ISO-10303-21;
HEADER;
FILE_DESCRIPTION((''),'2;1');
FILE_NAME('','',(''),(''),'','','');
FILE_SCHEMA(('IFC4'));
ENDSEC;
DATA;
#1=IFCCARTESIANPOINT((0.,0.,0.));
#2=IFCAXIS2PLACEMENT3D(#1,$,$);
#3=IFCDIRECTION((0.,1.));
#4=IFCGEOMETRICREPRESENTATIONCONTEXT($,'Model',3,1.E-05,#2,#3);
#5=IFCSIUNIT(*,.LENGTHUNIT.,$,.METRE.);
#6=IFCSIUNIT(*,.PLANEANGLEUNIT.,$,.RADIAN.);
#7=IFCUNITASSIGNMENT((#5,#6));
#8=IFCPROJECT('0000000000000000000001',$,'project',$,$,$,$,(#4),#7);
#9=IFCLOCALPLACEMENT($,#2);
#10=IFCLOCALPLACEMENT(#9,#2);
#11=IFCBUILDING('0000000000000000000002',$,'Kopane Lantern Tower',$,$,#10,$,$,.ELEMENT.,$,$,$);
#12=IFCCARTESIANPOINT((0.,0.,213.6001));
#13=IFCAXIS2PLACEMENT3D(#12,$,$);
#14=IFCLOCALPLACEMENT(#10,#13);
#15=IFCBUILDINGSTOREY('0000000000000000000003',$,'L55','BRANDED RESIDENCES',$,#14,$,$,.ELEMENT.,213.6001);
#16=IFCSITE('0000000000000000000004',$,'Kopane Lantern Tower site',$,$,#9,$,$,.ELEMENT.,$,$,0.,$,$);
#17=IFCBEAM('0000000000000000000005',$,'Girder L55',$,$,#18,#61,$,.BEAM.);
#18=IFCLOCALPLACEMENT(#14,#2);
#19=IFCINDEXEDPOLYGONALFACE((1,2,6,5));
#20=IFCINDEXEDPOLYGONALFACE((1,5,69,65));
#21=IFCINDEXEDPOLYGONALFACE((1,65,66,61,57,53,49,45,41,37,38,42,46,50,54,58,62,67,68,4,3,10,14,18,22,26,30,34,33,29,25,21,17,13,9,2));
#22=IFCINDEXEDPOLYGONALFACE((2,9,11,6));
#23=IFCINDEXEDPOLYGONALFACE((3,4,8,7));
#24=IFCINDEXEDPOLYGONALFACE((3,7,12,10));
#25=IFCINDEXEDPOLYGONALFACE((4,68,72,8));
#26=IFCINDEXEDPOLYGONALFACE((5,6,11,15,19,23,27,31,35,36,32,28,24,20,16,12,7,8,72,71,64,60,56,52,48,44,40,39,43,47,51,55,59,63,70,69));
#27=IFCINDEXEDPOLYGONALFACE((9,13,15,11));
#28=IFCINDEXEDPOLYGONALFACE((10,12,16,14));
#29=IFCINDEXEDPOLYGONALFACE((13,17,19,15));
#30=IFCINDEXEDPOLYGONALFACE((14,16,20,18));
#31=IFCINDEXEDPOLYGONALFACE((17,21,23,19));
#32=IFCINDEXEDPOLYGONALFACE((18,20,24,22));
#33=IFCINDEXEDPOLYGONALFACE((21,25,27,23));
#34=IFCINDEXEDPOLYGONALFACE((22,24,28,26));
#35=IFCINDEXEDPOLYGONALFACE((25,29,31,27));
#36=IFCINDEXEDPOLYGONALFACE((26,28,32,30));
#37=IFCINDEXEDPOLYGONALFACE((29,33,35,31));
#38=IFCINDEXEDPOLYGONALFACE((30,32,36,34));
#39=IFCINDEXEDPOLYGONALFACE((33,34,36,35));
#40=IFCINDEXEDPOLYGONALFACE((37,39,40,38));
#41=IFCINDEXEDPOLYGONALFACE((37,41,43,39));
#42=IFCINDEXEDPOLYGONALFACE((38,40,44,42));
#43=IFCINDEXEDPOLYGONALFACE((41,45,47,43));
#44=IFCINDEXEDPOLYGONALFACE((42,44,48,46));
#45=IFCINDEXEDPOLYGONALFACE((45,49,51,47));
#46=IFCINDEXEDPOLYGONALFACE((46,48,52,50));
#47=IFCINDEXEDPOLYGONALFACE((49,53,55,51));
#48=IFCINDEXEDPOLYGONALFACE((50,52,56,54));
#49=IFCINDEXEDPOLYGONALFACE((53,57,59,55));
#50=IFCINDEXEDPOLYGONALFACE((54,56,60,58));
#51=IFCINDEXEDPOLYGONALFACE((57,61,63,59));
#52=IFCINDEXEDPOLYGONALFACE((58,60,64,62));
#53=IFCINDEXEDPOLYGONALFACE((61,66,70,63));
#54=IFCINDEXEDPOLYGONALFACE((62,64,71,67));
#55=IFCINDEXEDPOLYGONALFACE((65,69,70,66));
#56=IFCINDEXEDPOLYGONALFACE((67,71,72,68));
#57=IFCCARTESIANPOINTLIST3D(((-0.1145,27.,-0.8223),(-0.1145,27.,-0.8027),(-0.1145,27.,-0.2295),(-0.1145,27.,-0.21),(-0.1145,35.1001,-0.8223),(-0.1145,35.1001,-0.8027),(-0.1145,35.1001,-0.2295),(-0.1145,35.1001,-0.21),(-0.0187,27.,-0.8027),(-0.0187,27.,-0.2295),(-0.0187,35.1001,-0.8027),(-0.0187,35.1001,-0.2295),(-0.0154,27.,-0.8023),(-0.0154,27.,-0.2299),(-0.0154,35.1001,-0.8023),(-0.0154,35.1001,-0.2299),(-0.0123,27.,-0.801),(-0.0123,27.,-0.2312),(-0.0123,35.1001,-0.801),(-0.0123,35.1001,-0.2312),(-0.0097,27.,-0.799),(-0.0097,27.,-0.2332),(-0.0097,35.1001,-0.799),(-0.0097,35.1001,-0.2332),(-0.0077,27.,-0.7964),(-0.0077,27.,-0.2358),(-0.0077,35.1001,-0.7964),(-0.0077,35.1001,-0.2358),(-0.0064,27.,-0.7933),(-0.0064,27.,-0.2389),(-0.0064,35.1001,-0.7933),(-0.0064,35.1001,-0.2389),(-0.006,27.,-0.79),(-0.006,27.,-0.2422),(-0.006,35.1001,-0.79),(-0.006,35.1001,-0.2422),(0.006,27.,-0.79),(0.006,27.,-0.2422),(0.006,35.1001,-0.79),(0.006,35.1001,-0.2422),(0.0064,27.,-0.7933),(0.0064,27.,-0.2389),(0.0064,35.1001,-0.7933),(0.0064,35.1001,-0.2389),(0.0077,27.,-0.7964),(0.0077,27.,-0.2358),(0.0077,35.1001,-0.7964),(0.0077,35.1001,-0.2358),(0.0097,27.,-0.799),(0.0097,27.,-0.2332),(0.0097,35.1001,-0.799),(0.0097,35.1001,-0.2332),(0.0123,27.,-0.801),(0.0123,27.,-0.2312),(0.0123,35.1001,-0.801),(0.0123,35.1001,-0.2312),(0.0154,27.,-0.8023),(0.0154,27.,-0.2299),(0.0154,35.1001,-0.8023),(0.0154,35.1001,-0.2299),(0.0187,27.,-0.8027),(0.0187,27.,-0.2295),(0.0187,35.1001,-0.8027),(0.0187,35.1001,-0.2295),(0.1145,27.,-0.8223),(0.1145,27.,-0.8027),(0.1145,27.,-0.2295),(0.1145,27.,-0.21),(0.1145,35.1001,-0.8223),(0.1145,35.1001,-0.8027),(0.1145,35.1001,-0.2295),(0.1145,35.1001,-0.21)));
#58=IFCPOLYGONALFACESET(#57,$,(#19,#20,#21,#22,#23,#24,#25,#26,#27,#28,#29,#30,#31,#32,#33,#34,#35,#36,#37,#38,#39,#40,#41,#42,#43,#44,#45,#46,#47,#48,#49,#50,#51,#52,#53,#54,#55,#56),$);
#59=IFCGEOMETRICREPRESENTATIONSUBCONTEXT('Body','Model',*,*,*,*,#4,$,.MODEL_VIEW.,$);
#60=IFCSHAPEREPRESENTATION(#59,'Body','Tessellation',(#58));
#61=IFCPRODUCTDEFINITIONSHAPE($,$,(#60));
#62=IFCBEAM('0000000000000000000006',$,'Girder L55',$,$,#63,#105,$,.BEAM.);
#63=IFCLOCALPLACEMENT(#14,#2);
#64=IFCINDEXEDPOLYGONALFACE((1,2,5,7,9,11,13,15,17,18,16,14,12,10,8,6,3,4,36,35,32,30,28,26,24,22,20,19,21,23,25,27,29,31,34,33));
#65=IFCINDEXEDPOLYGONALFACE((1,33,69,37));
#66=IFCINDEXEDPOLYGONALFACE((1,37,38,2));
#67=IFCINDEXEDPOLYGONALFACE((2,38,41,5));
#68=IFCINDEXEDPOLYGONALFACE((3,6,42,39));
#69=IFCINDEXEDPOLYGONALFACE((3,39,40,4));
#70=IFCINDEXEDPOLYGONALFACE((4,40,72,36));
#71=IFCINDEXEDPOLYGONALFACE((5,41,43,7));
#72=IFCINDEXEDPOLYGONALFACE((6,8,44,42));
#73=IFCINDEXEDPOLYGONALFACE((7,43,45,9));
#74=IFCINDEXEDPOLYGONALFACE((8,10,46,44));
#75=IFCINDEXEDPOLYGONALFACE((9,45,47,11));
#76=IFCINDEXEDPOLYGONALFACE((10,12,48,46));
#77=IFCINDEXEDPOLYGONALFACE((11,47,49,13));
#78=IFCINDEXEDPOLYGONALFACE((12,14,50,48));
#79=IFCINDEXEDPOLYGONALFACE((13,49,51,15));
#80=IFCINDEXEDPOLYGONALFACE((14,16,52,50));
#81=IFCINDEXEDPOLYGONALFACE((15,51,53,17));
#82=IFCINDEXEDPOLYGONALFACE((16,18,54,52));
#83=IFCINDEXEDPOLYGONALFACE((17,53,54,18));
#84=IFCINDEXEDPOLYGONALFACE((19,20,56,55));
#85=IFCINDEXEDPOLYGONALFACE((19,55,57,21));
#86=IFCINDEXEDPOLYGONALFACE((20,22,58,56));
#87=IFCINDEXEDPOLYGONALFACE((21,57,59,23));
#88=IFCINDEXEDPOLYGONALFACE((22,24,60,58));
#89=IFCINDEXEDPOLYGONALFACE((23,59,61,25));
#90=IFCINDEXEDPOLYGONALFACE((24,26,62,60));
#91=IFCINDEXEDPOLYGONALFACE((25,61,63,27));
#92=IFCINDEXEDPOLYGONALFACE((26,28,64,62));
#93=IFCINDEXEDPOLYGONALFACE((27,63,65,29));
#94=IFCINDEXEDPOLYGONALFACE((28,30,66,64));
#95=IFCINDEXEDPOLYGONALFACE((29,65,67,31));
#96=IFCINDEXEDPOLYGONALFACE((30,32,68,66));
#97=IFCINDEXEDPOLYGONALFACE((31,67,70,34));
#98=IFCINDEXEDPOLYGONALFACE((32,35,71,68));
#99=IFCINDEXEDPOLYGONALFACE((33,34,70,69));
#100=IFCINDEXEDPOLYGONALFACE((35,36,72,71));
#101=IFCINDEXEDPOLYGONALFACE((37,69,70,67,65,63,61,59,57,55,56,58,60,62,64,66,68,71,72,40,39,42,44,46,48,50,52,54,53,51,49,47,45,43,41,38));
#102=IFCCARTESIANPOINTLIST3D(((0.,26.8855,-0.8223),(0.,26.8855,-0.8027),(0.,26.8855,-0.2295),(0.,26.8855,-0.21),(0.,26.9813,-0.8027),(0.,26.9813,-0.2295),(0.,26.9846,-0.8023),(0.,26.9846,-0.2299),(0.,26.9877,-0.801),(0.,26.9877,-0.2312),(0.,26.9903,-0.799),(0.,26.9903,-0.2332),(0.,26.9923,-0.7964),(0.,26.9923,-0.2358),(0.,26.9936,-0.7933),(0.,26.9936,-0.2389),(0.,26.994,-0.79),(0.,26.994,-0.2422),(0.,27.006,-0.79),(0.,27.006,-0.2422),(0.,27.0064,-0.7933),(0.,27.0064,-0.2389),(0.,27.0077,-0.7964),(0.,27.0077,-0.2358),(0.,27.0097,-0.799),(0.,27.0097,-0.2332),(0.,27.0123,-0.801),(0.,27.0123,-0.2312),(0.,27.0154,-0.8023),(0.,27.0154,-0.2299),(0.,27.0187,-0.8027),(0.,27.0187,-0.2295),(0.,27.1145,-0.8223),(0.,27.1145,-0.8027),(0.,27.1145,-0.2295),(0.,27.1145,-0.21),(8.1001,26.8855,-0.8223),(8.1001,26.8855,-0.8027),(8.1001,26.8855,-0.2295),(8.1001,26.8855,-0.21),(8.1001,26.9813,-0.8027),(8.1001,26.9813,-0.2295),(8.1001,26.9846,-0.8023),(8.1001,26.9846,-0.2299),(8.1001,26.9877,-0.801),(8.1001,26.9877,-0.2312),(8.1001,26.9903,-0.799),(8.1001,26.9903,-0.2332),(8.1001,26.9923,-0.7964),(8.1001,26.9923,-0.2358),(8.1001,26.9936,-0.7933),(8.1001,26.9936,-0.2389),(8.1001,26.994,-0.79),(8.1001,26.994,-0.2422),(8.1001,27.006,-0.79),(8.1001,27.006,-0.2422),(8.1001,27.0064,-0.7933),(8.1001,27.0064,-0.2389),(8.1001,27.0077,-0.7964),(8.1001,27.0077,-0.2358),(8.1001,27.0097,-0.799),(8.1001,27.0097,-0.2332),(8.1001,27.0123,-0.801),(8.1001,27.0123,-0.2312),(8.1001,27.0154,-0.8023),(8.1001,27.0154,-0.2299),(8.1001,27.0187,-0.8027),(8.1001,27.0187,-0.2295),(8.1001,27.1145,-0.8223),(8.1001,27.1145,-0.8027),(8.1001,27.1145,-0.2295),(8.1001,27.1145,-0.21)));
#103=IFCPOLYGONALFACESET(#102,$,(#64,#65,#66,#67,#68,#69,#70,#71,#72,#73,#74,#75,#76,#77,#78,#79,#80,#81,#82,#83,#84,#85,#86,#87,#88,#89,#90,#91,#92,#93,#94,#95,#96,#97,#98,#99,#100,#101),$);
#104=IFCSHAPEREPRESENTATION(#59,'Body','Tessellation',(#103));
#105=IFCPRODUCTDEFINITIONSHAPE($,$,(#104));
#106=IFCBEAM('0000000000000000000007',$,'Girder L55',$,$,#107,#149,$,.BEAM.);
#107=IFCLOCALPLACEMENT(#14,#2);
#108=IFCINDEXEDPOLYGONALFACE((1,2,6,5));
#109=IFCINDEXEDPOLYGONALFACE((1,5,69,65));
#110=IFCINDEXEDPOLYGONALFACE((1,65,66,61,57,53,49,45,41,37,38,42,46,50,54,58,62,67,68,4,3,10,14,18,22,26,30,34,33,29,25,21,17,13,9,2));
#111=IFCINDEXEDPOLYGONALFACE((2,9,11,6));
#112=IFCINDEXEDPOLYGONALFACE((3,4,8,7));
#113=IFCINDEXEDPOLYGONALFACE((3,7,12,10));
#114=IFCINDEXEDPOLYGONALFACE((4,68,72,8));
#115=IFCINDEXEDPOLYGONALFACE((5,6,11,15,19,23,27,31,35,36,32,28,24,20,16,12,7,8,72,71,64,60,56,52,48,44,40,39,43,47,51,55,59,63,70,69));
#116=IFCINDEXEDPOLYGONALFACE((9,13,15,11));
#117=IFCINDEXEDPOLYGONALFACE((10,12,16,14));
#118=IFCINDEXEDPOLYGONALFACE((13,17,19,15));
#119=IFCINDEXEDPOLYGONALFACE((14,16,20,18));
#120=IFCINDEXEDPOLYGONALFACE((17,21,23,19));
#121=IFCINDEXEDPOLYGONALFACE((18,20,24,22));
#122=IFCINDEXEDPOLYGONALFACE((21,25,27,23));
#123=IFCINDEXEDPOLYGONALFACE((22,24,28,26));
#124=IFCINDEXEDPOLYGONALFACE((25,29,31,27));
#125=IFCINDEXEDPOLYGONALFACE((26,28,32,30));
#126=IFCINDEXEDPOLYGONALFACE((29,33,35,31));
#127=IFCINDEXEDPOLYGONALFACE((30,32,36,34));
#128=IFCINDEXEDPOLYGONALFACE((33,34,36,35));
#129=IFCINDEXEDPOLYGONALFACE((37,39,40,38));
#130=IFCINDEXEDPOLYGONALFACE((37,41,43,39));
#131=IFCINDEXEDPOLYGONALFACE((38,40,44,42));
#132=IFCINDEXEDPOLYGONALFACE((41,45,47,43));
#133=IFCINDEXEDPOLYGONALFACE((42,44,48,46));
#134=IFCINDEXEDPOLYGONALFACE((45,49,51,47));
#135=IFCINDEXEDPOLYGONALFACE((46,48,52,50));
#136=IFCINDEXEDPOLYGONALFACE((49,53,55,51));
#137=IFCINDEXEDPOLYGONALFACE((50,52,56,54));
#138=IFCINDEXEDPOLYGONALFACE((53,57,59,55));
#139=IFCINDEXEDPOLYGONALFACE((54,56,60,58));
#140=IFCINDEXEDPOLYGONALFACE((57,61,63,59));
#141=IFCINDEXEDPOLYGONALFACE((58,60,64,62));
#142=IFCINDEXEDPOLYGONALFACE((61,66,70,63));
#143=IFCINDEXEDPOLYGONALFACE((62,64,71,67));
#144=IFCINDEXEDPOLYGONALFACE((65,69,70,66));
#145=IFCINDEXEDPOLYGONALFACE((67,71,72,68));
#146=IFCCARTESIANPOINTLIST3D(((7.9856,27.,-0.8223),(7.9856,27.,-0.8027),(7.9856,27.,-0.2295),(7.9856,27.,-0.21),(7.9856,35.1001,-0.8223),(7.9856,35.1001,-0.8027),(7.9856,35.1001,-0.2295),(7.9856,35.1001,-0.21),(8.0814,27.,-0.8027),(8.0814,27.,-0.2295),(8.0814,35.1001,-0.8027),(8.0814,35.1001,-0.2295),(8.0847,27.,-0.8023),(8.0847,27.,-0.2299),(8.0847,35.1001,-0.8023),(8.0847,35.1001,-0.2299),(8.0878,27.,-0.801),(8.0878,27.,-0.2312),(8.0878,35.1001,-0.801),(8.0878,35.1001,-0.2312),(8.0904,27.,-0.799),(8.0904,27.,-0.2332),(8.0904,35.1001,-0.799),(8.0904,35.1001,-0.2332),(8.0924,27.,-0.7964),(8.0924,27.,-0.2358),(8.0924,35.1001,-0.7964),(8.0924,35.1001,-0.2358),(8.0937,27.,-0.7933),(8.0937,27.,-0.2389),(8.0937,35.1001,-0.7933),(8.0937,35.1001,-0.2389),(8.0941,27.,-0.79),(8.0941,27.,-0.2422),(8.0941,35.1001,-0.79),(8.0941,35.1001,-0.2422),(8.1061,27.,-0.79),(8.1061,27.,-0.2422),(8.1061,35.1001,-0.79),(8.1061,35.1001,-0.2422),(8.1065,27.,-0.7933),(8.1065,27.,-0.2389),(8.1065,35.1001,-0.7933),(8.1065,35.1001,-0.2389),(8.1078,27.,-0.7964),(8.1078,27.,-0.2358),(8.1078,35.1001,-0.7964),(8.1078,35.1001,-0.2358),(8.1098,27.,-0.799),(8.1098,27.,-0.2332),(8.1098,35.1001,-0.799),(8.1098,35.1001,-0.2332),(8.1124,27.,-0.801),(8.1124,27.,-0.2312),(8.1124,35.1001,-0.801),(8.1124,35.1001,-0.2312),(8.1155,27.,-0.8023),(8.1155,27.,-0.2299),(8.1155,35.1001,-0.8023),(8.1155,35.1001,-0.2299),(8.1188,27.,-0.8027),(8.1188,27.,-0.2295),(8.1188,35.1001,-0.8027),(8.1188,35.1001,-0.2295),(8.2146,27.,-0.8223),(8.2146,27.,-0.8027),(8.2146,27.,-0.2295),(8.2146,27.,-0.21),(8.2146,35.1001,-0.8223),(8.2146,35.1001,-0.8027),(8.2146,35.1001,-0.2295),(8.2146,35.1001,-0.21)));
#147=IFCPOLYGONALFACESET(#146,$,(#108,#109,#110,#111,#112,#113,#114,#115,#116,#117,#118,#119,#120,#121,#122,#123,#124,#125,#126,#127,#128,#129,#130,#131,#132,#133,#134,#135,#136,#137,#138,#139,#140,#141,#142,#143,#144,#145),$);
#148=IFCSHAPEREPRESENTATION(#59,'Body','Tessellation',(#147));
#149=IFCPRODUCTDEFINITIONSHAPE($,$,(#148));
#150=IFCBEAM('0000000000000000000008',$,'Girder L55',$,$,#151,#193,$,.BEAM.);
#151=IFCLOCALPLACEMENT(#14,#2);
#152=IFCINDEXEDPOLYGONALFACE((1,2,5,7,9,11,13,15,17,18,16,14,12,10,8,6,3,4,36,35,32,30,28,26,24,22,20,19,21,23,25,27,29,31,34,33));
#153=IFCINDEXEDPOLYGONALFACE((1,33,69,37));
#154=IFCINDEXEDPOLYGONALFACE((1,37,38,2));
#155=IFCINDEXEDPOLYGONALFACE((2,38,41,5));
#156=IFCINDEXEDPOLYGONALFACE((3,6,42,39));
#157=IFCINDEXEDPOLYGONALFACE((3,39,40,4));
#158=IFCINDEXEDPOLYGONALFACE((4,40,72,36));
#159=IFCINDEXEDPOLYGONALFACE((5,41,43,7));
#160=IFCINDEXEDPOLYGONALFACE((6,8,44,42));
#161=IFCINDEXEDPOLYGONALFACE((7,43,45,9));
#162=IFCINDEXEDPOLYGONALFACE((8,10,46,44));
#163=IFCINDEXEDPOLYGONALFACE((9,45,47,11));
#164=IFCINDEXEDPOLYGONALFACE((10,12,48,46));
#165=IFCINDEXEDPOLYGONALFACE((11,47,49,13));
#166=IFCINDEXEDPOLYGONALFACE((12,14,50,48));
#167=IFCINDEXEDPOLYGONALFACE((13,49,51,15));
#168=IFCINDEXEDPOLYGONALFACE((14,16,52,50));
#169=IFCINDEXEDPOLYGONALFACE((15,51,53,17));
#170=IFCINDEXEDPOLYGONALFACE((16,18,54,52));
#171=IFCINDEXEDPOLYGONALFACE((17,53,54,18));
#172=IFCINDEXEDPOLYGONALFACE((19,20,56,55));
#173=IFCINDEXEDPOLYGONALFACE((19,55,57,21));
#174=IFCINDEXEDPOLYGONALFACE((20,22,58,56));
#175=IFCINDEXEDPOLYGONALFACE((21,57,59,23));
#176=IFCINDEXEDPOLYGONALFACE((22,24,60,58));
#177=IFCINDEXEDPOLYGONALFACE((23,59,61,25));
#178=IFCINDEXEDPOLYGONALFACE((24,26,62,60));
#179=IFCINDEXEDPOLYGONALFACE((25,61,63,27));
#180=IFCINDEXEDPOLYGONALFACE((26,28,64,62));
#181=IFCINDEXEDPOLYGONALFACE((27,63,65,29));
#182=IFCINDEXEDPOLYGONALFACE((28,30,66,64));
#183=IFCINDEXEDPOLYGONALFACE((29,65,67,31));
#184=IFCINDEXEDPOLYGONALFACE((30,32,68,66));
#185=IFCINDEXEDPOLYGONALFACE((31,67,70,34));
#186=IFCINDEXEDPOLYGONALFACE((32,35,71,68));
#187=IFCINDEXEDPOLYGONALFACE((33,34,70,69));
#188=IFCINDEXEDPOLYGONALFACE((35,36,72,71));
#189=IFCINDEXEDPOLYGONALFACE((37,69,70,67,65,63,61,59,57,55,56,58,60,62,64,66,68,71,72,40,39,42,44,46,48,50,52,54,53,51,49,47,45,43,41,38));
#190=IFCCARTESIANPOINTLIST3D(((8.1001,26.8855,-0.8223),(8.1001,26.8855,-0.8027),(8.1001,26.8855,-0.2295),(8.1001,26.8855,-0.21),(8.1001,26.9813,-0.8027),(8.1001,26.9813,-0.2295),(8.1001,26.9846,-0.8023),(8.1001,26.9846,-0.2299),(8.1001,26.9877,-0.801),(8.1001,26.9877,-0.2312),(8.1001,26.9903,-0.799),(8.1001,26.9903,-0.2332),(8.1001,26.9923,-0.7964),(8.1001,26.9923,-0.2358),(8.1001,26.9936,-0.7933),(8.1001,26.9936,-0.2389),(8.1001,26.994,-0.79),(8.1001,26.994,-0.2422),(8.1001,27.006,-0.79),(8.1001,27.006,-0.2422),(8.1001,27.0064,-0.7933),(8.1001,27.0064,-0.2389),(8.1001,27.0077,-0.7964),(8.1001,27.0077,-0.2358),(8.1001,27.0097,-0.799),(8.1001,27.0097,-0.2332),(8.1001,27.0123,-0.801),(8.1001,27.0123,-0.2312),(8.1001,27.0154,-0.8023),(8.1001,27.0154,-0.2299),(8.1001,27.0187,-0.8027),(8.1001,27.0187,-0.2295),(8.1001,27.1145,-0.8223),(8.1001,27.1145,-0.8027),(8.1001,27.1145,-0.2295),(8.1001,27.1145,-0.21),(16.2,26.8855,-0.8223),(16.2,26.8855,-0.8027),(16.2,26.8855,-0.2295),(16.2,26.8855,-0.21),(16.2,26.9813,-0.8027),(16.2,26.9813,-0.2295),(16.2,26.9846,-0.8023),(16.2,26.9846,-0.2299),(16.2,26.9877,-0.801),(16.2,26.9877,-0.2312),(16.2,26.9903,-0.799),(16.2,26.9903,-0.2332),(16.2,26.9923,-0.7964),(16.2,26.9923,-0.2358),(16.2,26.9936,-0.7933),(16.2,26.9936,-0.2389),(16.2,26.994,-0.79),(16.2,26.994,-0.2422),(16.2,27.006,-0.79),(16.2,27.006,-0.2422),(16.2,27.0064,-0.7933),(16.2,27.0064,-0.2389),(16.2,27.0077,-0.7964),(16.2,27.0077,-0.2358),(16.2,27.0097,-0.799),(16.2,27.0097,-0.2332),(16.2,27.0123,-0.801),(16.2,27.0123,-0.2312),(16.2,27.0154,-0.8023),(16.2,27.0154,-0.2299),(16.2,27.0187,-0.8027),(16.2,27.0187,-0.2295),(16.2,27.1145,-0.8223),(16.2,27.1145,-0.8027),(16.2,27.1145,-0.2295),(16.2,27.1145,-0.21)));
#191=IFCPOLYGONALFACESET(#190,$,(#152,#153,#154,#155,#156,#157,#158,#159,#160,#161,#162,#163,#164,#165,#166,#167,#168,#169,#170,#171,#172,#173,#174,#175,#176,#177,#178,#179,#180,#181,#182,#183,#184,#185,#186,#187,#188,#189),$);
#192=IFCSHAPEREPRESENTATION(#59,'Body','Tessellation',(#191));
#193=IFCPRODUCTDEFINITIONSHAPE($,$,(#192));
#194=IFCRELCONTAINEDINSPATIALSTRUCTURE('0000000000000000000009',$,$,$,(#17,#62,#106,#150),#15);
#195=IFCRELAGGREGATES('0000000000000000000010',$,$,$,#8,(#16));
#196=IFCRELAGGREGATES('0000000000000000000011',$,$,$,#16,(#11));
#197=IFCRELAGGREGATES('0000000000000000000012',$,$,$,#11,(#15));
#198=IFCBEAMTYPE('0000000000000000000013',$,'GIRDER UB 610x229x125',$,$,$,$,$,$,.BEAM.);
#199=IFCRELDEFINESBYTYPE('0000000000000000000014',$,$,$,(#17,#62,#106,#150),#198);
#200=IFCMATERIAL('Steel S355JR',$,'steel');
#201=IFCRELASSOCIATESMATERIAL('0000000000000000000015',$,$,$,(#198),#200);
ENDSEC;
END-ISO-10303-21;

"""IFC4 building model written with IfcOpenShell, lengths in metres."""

from ifc_helpers import new_model, si_unit, direction, frame, origin, origin_2d, place, context, subcontext, project, spatial, i_section, extrude, material, material_profile, profile_set, type_object, element, save


model = new_model("IFC4")

# Units and contexts
model_context = context("Model", 3, precision=1e-05, world=origin(), true_north=direction((0.0, 1.0)))
body_context = subcontext(model_context, "Body", "Model", "MODEL_VIEW")
ifc_project = project(units=[si_unit("LENGTHUNIT", "METRE"), si_unit("PLANEANGLEUNIT", "RADIAN")], contexts=[model_context])

# Site, building, storey
site_placement = place(None, origin())
site = spatial("IfcSite", under=ifc_project, at=site_placement, Name="Kopane Lantern Tower site", CompositionType="ELEMENT", RefElevation=0.0)
building_placement = place(site_placement, origin())
building = spatial("IfcBuilding", under=site, at=building_placement, Name="Kopane Lantern Tower", CompositionType="ELEMENT")
storey_placement = place(building_placement, frame((0.0, 0.0, 213.6001)))
storey = spatial("IfcBuildingStorey", under=building, at=storey_placement, Name="L55", Description="BRANDED RESIDENCES", CompositionType="ELEMENT", Elevation=213.6001)

# Beams
ifc_material_1 = material(Name="Steel S355JR", Category="steel")
ifc_material_profile_1 = material_profile(ifc_material_1, i_section(OverallWidth=0.229, OverallDepth=0.6123, WebThickness=0.012, FlangeThickness=0.0195, FilletRadius=0.0127, at=origin_2d()), Name="UB 610x229x125")
ifc_profile_set_1 = profile_set([ifc_material_profile_1], Name="Steel S355JR")
beam_type = type_object("IfcBeamType", Name="GIRDER UB 610x229x125", PredefinedType="BEAM", material=ifc_profile_set_1)
for number, where, z_axis, x_axis, name in (
    (1, (0.0, 27.0, -0.5161), (0.0, 1.0, 0.0), (-1.0, 0.0, 0.0), "Girder L55"),
    (2, (0.0, 27.0, -0.5161), (1.0, 0.0, 0.0), (0.0, 1.0, 0.0), "Girder L55"),
    (3, (8.1001, 27.0, -0.5161), (0.0, 1.0, 0.0), (-1.0, 0.0, 0.0), "Girder L55"),
):
    element("IfcBeam", number, at=place(storey_placement, frame(where, z_axis=z_axis, x_axis=x_axis)), inside=storey, type_object=beam_type, Name=name, PredefinedType="BEAM", context=body_context, shape_type="SweptSolid", body=[
        extrude(i_section(OverallWidth=0.229, OverallDepth=0.6123, WebThickness=0.012, FlangeThickness=0.0195, FilletRadius=0.0127, at=origin_2d()), origin(), (0.0, 0.0, 1.0), 8.1001),
    ])
for number, where, z_axis, x_axis, name in (
    (4, (8.1001, 27.0, -0.5161), (1.0, 0.0, 0.0), (0.0, 1.0, 0.0), "Girder L55"),
):
    element("IfcBeam", number, at=place(storey_placement, frame(where, z_axis=z_axis, x_axis=x_axis)), inside=storey, type_object=beam_type, Name=name, PredefinedType="BEAM", context=body_context, shape_type="SweptSolid", body=[
        extrude(i_section(OverallWidth=0.229, OverallDepth=0.6123, WebThickness=0.012, FlangeThickness=0.0195, FilletRadius=0.0127, at=origin_2d()), origin(), (0.0, 0.0, 1.0), 8.0999),
    ])

save(model, "model.ifc")
